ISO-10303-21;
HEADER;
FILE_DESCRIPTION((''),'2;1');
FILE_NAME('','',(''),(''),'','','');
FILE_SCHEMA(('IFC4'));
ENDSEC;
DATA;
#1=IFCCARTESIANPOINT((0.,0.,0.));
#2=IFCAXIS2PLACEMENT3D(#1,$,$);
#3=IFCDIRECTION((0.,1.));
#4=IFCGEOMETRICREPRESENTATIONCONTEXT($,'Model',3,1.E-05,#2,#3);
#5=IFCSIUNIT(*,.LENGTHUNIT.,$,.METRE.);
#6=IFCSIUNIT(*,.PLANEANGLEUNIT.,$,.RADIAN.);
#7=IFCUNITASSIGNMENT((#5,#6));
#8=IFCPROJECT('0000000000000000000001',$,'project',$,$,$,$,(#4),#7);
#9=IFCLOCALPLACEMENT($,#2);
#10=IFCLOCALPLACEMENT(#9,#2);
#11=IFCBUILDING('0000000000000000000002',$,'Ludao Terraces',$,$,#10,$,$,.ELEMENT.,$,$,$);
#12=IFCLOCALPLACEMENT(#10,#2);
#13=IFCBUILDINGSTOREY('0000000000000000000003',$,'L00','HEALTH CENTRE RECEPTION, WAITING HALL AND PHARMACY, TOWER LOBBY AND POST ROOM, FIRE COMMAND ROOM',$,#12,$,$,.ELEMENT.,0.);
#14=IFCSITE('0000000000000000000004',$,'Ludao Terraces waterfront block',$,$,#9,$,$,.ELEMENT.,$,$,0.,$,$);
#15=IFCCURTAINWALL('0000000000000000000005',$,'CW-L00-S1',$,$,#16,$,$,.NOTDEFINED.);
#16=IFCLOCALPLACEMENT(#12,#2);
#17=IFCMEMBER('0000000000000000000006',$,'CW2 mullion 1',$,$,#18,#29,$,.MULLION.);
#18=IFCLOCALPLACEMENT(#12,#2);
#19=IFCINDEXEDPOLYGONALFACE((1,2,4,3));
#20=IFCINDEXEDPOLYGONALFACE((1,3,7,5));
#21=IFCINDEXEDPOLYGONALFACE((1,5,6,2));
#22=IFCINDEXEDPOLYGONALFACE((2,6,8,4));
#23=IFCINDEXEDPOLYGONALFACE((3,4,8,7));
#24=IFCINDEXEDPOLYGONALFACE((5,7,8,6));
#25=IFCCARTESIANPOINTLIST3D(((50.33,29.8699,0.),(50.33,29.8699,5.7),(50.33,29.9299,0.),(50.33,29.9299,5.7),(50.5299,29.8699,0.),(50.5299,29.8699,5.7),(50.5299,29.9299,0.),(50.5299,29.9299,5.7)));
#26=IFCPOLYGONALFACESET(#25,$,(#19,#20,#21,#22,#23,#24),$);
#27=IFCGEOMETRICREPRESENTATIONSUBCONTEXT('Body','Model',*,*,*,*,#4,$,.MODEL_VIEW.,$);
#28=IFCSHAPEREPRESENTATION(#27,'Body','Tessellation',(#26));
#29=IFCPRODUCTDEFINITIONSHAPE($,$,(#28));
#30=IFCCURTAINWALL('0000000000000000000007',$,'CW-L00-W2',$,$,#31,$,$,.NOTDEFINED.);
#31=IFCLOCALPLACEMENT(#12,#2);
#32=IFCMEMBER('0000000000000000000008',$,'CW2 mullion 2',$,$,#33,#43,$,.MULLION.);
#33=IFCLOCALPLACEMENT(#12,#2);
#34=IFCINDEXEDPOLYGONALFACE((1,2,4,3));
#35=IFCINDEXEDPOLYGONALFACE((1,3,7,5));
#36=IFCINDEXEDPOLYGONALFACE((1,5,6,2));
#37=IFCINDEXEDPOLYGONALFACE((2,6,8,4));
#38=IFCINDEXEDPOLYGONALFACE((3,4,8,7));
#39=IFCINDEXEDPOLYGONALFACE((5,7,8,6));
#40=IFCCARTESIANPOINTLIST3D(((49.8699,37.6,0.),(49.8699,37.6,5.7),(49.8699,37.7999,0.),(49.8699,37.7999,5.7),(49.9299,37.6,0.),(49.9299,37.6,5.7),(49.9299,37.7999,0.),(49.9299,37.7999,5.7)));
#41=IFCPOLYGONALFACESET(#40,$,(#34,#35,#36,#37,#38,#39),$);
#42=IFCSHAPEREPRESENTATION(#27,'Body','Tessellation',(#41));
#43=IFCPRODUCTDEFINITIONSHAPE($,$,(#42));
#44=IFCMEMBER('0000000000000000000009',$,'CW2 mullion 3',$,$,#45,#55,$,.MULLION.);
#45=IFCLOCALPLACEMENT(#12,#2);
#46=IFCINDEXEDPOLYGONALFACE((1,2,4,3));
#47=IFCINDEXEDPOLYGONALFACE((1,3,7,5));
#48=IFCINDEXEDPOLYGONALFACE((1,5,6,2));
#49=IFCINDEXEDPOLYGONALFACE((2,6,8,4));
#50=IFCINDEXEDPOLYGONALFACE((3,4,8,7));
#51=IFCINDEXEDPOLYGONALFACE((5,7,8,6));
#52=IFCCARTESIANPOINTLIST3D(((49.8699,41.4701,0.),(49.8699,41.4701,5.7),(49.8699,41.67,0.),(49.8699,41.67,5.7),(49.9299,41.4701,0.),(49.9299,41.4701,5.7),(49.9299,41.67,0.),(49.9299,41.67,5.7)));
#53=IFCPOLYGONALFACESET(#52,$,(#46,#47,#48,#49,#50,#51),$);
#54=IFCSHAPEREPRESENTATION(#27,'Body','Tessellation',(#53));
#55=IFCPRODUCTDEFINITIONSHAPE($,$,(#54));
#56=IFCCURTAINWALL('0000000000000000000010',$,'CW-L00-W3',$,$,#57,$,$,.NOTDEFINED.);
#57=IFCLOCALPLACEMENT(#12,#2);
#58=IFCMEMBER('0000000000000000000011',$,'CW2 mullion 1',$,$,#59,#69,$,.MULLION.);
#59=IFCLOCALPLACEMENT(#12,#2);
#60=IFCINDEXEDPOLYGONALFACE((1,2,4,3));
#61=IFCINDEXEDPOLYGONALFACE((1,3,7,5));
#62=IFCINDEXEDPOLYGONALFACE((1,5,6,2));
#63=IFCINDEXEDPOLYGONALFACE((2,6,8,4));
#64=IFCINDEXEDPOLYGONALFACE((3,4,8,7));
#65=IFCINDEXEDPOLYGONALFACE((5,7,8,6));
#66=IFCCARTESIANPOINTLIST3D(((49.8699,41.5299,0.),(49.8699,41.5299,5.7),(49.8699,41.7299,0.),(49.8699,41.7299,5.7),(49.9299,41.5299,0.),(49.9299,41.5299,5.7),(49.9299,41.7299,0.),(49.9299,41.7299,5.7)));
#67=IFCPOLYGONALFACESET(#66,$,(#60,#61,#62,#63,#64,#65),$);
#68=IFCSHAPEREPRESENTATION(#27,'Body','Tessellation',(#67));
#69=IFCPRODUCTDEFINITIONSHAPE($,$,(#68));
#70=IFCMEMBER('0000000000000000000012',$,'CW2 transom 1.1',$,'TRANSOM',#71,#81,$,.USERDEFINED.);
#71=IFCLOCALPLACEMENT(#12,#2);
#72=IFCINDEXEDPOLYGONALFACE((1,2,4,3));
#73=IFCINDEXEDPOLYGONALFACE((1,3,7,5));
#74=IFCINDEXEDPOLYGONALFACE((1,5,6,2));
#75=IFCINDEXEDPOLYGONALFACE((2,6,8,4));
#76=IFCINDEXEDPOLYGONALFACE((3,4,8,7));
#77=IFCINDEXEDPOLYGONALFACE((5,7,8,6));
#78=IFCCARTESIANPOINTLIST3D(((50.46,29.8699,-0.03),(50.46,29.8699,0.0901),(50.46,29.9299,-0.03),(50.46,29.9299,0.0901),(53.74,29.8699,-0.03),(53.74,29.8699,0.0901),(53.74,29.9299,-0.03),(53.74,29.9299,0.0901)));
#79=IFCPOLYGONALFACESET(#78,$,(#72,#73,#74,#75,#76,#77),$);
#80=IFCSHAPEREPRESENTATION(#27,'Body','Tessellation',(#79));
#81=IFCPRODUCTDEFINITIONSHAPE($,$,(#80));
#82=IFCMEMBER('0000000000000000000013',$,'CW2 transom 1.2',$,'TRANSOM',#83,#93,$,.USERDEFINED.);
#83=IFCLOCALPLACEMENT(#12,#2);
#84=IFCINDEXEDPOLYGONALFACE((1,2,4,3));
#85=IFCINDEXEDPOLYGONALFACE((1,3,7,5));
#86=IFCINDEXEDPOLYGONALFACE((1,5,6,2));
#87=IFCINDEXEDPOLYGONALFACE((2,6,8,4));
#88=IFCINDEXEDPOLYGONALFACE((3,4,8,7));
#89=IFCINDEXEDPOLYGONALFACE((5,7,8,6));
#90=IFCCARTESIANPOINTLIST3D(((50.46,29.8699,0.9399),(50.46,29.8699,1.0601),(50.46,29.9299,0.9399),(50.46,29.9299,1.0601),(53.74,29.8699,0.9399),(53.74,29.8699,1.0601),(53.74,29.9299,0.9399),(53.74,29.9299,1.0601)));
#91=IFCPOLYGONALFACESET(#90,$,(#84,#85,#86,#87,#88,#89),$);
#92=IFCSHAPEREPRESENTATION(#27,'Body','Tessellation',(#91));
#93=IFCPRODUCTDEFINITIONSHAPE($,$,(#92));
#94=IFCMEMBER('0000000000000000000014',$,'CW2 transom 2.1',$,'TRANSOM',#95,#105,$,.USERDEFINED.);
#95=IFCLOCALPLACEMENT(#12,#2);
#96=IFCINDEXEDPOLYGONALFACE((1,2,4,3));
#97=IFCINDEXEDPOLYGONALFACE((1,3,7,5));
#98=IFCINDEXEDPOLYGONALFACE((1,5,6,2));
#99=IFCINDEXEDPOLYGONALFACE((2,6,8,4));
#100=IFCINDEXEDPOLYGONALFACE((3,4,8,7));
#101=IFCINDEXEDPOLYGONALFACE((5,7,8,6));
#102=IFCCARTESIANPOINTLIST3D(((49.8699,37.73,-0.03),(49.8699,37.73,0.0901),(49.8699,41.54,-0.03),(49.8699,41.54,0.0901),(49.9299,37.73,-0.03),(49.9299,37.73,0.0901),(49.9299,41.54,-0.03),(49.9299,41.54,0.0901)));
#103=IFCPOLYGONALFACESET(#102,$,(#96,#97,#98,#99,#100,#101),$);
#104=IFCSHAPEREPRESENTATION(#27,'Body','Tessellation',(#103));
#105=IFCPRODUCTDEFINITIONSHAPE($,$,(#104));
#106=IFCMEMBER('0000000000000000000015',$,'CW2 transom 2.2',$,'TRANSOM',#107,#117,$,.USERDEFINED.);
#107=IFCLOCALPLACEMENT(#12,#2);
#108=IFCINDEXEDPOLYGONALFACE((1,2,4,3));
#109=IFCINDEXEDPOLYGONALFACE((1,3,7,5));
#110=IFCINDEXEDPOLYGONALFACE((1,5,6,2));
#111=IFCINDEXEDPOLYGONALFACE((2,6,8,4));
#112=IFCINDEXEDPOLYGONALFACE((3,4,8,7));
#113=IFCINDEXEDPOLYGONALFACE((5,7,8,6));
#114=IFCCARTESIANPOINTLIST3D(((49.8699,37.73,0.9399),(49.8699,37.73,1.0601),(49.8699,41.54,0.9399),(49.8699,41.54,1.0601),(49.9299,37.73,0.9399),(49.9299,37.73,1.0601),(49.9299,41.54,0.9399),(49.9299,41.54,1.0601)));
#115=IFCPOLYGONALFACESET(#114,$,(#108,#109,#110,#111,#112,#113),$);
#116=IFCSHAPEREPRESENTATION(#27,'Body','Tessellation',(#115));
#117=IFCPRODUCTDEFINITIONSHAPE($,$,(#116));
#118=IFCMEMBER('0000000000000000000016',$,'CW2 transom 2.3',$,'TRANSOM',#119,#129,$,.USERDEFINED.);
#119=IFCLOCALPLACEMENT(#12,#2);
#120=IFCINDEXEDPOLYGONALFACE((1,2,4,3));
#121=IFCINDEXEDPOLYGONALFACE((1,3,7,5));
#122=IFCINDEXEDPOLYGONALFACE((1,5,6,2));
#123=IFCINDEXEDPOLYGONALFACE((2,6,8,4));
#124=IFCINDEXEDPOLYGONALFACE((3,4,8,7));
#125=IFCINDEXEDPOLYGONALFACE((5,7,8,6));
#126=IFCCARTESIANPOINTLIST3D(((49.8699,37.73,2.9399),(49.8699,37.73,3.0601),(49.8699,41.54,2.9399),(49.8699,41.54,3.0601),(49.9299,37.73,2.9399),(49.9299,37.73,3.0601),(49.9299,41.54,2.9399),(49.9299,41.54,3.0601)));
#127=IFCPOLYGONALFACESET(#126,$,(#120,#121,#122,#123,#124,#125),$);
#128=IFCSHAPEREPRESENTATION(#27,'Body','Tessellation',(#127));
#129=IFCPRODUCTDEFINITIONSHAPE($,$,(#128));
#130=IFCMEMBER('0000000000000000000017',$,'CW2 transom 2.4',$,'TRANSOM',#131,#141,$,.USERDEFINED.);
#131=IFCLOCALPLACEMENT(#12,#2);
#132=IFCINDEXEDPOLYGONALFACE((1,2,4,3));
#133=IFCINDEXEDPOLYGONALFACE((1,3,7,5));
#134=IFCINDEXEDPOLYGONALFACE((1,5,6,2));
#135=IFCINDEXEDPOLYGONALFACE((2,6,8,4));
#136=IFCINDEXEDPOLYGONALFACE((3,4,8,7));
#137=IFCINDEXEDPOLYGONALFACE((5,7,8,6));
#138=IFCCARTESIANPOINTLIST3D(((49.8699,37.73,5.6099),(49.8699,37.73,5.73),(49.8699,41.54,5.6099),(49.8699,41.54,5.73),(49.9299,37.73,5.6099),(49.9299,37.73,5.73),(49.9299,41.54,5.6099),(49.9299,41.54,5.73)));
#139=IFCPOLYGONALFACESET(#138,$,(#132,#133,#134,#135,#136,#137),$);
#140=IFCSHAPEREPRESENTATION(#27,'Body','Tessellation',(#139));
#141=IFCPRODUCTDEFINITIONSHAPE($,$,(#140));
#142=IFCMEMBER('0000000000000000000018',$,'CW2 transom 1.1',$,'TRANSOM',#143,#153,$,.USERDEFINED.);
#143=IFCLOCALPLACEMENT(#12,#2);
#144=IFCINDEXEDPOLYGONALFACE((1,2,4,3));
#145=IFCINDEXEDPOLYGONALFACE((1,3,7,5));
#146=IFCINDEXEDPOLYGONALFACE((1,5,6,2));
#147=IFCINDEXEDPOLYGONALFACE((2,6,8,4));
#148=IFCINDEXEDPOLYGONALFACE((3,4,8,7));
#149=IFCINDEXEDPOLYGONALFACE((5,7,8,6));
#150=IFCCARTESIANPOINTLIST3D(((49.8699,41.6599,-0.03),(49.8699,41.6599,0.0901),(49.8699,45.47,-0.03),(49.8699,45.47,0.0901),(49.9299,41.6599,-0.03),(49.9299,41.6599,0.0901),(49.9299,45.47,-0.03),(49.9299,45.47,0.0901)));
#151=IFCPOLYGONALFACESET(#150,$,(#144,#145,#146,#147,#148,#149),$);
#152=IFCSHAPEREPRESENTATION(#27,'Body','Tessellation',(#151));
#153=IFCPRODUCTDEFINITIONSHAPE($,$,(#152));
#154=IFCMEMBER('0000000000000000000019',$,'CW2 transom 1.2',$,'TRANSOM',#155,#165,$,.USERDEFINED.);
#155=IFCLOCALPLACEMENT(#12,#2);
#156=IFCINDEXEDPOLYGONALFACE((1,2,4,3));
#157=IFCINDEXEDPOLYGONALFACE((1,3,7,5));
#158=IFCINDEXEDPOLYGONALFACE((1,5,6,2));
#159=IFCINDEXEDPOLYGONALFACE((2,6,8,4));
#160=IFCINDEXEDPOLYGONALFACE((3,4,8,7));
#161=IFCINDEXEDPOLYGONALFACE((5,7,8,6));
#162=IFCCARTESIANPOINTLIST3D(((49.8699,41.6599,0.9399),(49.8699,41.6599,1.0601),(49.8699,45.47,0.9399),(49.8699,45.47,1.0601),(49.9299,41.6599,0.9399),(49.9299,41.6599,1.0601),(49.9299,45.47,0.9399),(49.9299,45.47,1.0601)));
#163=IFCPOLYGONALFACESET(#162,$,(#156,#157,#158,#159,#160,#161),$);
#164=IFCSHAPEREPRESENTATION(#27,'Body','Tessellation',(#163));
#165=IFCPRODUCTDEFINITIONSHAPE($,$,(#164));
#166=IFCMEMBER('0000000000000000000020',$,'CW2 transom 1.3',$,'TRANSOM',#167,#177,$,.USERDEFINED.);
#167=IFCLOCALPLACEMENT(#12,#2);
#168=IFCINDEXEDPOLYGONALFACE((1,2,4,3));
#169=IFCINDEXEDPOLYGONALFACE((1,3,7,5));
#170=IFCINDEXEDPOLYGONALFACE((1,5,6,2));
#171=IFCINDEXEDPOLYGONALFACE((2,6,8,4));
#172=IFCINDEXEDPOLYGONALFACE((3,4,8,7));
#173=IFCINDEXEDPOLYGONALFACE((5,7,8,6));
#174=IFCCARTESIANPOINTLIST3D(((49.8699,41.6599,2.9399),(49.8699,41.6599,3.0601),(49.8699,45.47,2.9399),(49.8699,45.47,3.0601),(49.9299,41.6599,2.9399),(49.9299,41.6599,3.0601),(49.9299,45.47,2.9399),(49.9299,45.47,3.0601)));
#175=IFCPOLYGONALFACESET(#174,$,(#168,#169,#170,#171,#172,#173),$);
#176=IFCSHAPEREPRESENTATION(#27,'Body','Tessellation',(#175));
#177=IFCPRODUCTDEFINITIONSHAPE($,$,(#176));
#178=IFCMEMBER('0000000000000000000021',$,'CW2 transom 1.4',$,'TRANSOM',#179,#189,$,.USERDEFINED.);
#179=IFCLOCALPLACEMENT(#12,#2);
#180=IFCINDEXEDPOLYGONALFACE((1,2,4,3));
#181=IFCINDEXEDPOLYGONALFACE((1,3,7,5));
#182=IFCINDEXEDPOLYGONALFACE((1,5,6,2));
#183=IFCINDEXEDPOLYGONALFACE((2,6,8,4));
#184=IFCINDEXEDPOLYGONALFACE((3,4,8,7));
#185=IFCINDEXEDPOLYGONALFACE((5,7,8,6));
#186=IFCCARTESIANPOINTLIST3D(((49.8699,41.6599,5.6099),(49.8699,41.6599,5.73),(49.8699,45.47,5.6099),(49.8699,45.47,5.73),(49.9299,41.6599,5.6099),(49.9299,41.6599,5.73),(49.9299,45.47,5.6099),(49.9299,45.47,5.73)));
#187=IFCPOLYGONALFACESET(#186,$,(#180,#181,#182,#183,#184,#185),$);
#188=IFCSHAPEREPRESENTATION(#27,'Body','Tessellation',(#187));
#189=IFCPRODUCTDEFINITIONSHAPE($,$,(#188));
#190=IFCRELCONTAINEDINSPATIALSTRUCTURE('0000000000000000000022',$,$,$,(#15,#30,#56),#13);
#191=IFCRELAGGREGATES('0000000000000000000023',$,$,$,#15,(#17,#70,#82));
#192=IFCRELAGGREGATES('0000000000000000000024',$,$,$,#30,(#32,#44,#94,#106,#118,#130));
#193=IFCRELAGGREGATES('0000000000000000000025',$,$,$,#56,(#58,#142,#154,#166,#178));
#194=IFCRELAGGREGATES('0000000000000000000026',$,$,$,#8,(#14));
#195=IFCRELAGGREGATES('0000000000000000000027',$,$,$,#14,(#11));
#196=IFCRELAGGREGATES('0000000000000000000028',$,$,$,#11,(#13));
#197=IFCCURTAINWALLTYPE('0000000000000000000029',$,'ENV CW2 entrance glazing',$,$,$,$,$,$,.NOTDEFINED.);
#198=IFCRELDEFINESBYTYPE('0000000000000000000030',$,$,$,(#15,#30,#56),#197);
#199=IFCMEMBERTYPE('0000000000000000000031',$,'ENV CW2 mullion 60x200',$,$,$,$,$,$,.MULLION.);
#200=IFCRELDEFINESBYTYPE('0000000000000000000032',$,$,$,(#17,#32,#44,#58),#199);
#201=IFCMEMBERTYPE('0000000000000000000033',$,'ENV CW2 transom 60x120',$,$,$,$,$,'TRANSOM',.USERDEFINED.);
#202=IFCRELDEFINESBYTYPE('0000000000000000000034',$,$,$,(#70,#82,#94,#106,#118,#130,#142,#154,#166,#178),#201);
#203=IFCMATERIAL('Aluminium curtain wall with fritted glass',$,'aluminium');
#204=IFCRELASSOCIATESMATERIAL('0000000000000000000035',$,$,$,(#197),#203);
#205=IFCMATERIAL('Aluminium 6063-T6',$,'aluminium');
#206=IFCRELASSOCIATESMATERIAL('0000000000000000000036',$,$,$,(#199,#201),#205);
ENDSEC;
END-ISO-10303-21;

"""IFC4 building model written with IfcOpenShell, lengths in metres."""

from ifc_helpers import new_model, si_unit, direction, frame, origin, origin_2d, place, context, subcontext, project, spatial, rectangle, extrude, material, material_profile, profile_set, type_object, element, aggregate, save


model = new_model("IFC4")

# Units and contexts
model_context = context("Model", 3, precision=1e-05, world=origin(), true_north=direction((0.0, 1.0)))
body_context = subcontext(model_context, "Body", "Model", "MODEL_VIEW")
ifc_project = project(units=[si_unit("LENGTHUNIT", "METRE"), si_unit("PLANEANGLEUNIT", "RADIAN")], contexts=[model_context])

# Site, building, storey
site_placement = place(None, origin())
site = spatial("IfcSite", under=ifc_project, at=site_placement, Name="Ludao Terraces waterfront block", CompositionType="ELEMENT", RefElevation=0.0)
building_placement = place(site_placement, origin())
building = spatial("IfcBuilding", under=site, at=building_placement, Name="Ludao Terraces", CompositionType="ELEMENT")
storey_placement = place(building_placement, origin())
storey = spatial("IfcBuildingStorey", under=building, at=storey_placement, Name="L00", Description="HEALTH CENTRE RECEPTION, WAITING HALL AND PHARMACY, TOWER LOBBY AND POST ROOM, FIRE COMMAND ROOM", CompositionType="ELEMENT", Elevation=0.0)

# Curtain wall, member
ifc_material_1 = material(Name="Aluminium curtain wall with fritted glass", Category="aluminium")
curtain_wall_type = type_object("IfcCurtainWallType", Name="ENV CW2 entrance glazing", PredefinedType="NOTDEFINED", material=ifc_material_1)
curtain_wall_1_placement = place(storey_placement, origin())
curtain_wall_1 = element("IfcCurtainWall", 1, at=curtain_wall_1_placement, inside=storey, type_object=curtain_wall_type, Name="CW-L00-S1", PredefinedType="NOTDEFINED")
ifc_material_2 = material(Name="Aluminium 6063-T6", Category="aluminium")
ifc_material_profile_1 = material_profile(ifc_material_2, rectangle(XDim=0.0601, YDim=0.2, at=origin_2d()), Name="60 X 200")
ifc_profile_set_1 = profile_set([ifc_material_profile_1], Name="Aluminium 6063-T6")
member_type_1 = type_object("IfcMemberType", Name="ENV CW2 mullion 60x200", PredefinedType="MULLION", material=ifc_profile_set_1)
member_1_placement = place(storey_placement, frame((50.4299, 29.8999, 0.0), z_axis=(0.0, 0.0, 1.0), x_axis=(0.0, 1.0, 0.0)))
member_1 = element("IfcMember", 2, at=member_1_placement, type_object=member_type_1, Name="CW2 mullion 1", PredefinedType="MULLION", context=body_context, shape_type="SweptSolid", body=[
    extrude(rectangle(XDim=0.0601, YDim=0.2, at=origin_2d()), origin(), (0.0, 0.0, 1.0), 5.7),
])

# Curtain wall, members
curtain_wall_2_placement = place(storey_placement, origin())
curtain_wall_2 = element("IfcCurtainWall", 3, at=curtain_wall_2_placement, inside=storey, type_object=curtain_wall_type, Name="CW-L00-W2", PredefinedType="NOTDEFINED")
member_2_placement = place(storey_placement, frame((49.8999, 37.7, 0.0), z_axis=(0.0, 0.0, 1.0), x_axis=(-1.0, 0.0, 0.0)))
member_2 = element("IfcMember", 4, at=member_2_placement, type_object=member_type_1, Name="CW2 mullion 2", PredefinedType="MULLION", context=body_context, shape_type="SweptSolid", body=[
    extrude(rectangle(XDim=0.0601, YDim=0.2, at=origin_2d()), origin(), (0.0, 0.0, 1.0), 5.7),
])
member_3_placement = place(storey_placement, frame((49.8999, 41.5701, 0.0), z_axis=(0.0, 0.0, 1.0), x_axis=(-1.0, 0.0, 0.0)))
member_3 = element("IfcMember", 5, at=member_3_placement, type_object=member_type_1, Name="CW2 mullion 3", PredefinedType="MULLION", context=body_context, shape_type="SweptSolid", body=[
    extrude(rectangle(XDim=0.0601, YDim=0.2, at=origin_2d()), origin(), (0.0, 0.0, 1.0), 5.7),
])

# Curtain wall, member
curtain_wall_3_placement = place(storey_placement, origin())
curtain_wall_3 = element("IfcCurtainWall", 6, at=curtain_wall_3_placement, inside=storey, type_object=curtain_wall_type, Name="CW-L00-W3", PredefinedType="NOTDEFINED")
member_4_placement = place(storey_placement, frame((49.8999, 41.6299, 0.0), z_axis=(0.0, 0.0, 1.0), x_axis=(-1.0, 0.0, 0.0)))
member_4 = element("IfcMember", 7, at=member_4_placement, type_object=member_type_1, Name="CW2 mullion 1", PredefinedType="MULLION", context=body_context, shape_type="SweptSolid", body=[
    extrude(rectangle(XDim=0.0601, YDim=0.2, at=origin_2d()), origin(), (0.0, 0.0, 1.0), 5.7),
])

# Members
ifc_material_profile_2 = material_profile(ifc_material_2, rectangle(XDim=0.0601, YDim=0.1201, at=origin_2d()), Name="60 X 120")
ifc_profile_set_2 = profile_set([ifc_material_profile_2], Name="Aluminium 6063-T6")
member_type_2 = type_object("IfcMemberType", Name="ENV CW2 transom 60x120", ElementType="TRANSOM", PredefinedType="USERDEFINED", material=ifc_profile_set_2)
member_5_placement = place(storey_placement, frame((50.46, 29.8999, 0.03), z_axis=(1.0, 0.0, 0.0), x_axis=(0.0, 1.0, 0.0)))
member_5 = element("IfcMember", 8, at=member_5_placement, type_object=member_type_2, Name="CW2 transom 1.1", ObjectType="TRANSOM", PredefinedType="USERDEFINED", context=body_context, shape_type="SweptSolid", body=[
    extrude(rectangle(XDim=0.0601, YDim=0.1201, at=origin_2d()), origin(), (0.0, 0.0, 1.0), 3.28),
])
member_6_placement = place(storey_placement, frame((50.46, 29.8999, 1.0), z_axis=(1.0, 0.0, 0.0), x_axis=(0.0, 1.0, 0.0)))
member_6 = element("IfcMember", 9, at=member_6_placement, type_object=member_type_2, Name="CW2 transom 1.2", ObjectType="TRANSOM", PredefinedType="USERDEFINED", context=body_context, shape_type="SweptSolid", body=[
    extrude(rectangle(XDim=0.0601, YDim=0.1201, at=origin_2d()), origin(), (0.0, 0.0, 1.0), 3.28),
])
aggregate(curtain_wall_1, [member_1, member_5, member_6])
member_7_placement = place(storey_placement, frame((49.8999, 37.73, 0.03), z_axis=(0.0, 1.0, 0.0), x_axis=(-1.0, 0.0, 0.0)))
member_7 = element("IfcMember", 10, at=member_7_placement, type_object=member_type_2, Name="CW2 transom 2.1", ObjectType="TRANSOM", PredefinedType="USERDEFINED", context=body_context, shape_type="SweptSolid", body=[
    extrude(rectangle(XDim=0.0601, YDim=0.1201, at=origin_2d()), origin(), (0.0, 0.0, 1.0), 3.8101),
])
member_8_placement = place(storey_placement, frame((49.8999, 37.73, 1.0), z_axis=(0.0, 1.0, 0.0), x_axis=(-1.0, 0.0, 0.0)))
member_8 = element("IfcMember", 11, at=member_8_placement, type_object=member_type_2, Name="CW2 transom 2.2", ObjectType="TRANSOM", PredefinedType="USERDEFINED", context=body_context, shape_type="SweptSolid", body=[
    extrude(rectangle(XDim=0.0601, YDim=0.1201, at=origin_2d()), origin(), (0.0, 0.0, 1.0), 3.8101),
])
member_9_placement = place(storey_placement, frame((49.8999, 37.73, 3.0), z_axis=(0.0, 1.0, 0.0), x_axis=(-1.0, 0.0, 0.0)))
member_9 = element("IfcMember", 12, at=member_9_placement, type_object=member_type_2, Name="CW2 transom 2.3", ObjectType="TRANSOM", PredefinedType="USERDEFINED", context=body_context, shape_type="SweptSolid", body=[
    extrude(rectangle(XDim=0.0601, YDim=0.1201, at=origin_2d()), origin(), (0.0, 0.0, 1.0), 3.8101),
])
member_10_placement = place(storey_placement, frame((49.8999, 37.73, 5.6699), z_axis=(0.0, 1.0, 0.0), x_axis=(-1.0, 0.0, 0.0)))
member_10 = element("IfcMember", 13, at=member_10_placement, type_object=member_type_2, Name="CW2 transom 2.4", ObjectType="TRANSOM", PredefinedType="USERDEFINED", context=body_context, shape_type="SweptSolid", body=[
    extrude(rectangle(XDim=0.0601, YDim=0.1201, at=origin_2d()), origin(), (0.0, 0.0, 1.0), 3.8101),
])
member_11_placement = place(storey_placement, frame((49.8999, 41.6599, 0.03), z_axis=(0.0, 1.0, 0.0), x_axis=(-1.0, 0.0, 0.0)))
member_11 = element("IfcMember", 14, at=member_11_placement, type_object=member_type_2, Name="CW2 transom 1.1", ObjectType="TRANSOM", PredefinedType="USERDEFINED", context=body_context, shape_type="SweptSolid", body=[
    extrude(rectangle(XDim=0.0601, YDim=0.1201, at=origin_2d()), origin(), (0.0, 0.0, 1.0), 3.8101),
])
member_12_placement = place(storey_placement, frame((49.8999, 41.6599, 1.0), z_axis=(0.0, 1.0, 0.0), x_axis=(-1.0, 0.0, 0.0)))
member_12 = element("IfcMember", 15, at=member_12_placement, type_object=member_type_2, Name="CW2 transom 1.2", ObjectType="TRANSOM", PredefinedType="USERDEFINED", context=body_context, shape_type="SweptSolid", body=[
    extrude(rectangle(XDim=0.0601, YDim=0.1201, at=origin_2d()), origin(), (0.0, 0.0, 1.0), 3.8101),
])
member_13_placement = place(storey_placement, frame((49.8999, 41.6599, 3.0), z_axis=(0.0, 1.0, 0.0), x_axis=(-1.0, 0.0, 0.0)))
member_13 = element("IfcMember", 16, at=member_13_placement, type_object=member_type_2, Name="CW2 transom 1.3", ObjectType="TRANSOM", PredefinedType="USERDEFINED", context=body_context, shape_type="SweptSolid", body=[
    extrude(rectangle(XDim=0.0601, YDim=0.1201, at=origin_2d()), origin(), (0.0, 0.0, 1.0), 3.8101),
])
member_14_placement = place(storey_placement, frame((49.8999, 41.6599, 5.6699), z_axis=(0.0, 1.0, 0.0), x_axis=(-1.0, 0.0, 0.0)))
member_14 = element("IfcMember", 17, at=member_14_placement, type_object=member_type_2, Name="CW2 transom 1.4", ObjectType="TRANSOM", PredefinedType="USERDEFINED", context=body_context, shape_type="SweptSolid", body=[
    extrude(rectangle(XDim=0.0601, YDim=0.1201, at=origin_2d()), origin(), (0.0, 0.0, 1.0), 3.8101),
])

aggregate(curtain_wall_2, [member_2, member_3, member_7, member_8, member_9, member_10])
aggregate(curtain_wall_3, [member_4, member_11, member_12, member_13, member_14])

save(model, "model.ifc")
